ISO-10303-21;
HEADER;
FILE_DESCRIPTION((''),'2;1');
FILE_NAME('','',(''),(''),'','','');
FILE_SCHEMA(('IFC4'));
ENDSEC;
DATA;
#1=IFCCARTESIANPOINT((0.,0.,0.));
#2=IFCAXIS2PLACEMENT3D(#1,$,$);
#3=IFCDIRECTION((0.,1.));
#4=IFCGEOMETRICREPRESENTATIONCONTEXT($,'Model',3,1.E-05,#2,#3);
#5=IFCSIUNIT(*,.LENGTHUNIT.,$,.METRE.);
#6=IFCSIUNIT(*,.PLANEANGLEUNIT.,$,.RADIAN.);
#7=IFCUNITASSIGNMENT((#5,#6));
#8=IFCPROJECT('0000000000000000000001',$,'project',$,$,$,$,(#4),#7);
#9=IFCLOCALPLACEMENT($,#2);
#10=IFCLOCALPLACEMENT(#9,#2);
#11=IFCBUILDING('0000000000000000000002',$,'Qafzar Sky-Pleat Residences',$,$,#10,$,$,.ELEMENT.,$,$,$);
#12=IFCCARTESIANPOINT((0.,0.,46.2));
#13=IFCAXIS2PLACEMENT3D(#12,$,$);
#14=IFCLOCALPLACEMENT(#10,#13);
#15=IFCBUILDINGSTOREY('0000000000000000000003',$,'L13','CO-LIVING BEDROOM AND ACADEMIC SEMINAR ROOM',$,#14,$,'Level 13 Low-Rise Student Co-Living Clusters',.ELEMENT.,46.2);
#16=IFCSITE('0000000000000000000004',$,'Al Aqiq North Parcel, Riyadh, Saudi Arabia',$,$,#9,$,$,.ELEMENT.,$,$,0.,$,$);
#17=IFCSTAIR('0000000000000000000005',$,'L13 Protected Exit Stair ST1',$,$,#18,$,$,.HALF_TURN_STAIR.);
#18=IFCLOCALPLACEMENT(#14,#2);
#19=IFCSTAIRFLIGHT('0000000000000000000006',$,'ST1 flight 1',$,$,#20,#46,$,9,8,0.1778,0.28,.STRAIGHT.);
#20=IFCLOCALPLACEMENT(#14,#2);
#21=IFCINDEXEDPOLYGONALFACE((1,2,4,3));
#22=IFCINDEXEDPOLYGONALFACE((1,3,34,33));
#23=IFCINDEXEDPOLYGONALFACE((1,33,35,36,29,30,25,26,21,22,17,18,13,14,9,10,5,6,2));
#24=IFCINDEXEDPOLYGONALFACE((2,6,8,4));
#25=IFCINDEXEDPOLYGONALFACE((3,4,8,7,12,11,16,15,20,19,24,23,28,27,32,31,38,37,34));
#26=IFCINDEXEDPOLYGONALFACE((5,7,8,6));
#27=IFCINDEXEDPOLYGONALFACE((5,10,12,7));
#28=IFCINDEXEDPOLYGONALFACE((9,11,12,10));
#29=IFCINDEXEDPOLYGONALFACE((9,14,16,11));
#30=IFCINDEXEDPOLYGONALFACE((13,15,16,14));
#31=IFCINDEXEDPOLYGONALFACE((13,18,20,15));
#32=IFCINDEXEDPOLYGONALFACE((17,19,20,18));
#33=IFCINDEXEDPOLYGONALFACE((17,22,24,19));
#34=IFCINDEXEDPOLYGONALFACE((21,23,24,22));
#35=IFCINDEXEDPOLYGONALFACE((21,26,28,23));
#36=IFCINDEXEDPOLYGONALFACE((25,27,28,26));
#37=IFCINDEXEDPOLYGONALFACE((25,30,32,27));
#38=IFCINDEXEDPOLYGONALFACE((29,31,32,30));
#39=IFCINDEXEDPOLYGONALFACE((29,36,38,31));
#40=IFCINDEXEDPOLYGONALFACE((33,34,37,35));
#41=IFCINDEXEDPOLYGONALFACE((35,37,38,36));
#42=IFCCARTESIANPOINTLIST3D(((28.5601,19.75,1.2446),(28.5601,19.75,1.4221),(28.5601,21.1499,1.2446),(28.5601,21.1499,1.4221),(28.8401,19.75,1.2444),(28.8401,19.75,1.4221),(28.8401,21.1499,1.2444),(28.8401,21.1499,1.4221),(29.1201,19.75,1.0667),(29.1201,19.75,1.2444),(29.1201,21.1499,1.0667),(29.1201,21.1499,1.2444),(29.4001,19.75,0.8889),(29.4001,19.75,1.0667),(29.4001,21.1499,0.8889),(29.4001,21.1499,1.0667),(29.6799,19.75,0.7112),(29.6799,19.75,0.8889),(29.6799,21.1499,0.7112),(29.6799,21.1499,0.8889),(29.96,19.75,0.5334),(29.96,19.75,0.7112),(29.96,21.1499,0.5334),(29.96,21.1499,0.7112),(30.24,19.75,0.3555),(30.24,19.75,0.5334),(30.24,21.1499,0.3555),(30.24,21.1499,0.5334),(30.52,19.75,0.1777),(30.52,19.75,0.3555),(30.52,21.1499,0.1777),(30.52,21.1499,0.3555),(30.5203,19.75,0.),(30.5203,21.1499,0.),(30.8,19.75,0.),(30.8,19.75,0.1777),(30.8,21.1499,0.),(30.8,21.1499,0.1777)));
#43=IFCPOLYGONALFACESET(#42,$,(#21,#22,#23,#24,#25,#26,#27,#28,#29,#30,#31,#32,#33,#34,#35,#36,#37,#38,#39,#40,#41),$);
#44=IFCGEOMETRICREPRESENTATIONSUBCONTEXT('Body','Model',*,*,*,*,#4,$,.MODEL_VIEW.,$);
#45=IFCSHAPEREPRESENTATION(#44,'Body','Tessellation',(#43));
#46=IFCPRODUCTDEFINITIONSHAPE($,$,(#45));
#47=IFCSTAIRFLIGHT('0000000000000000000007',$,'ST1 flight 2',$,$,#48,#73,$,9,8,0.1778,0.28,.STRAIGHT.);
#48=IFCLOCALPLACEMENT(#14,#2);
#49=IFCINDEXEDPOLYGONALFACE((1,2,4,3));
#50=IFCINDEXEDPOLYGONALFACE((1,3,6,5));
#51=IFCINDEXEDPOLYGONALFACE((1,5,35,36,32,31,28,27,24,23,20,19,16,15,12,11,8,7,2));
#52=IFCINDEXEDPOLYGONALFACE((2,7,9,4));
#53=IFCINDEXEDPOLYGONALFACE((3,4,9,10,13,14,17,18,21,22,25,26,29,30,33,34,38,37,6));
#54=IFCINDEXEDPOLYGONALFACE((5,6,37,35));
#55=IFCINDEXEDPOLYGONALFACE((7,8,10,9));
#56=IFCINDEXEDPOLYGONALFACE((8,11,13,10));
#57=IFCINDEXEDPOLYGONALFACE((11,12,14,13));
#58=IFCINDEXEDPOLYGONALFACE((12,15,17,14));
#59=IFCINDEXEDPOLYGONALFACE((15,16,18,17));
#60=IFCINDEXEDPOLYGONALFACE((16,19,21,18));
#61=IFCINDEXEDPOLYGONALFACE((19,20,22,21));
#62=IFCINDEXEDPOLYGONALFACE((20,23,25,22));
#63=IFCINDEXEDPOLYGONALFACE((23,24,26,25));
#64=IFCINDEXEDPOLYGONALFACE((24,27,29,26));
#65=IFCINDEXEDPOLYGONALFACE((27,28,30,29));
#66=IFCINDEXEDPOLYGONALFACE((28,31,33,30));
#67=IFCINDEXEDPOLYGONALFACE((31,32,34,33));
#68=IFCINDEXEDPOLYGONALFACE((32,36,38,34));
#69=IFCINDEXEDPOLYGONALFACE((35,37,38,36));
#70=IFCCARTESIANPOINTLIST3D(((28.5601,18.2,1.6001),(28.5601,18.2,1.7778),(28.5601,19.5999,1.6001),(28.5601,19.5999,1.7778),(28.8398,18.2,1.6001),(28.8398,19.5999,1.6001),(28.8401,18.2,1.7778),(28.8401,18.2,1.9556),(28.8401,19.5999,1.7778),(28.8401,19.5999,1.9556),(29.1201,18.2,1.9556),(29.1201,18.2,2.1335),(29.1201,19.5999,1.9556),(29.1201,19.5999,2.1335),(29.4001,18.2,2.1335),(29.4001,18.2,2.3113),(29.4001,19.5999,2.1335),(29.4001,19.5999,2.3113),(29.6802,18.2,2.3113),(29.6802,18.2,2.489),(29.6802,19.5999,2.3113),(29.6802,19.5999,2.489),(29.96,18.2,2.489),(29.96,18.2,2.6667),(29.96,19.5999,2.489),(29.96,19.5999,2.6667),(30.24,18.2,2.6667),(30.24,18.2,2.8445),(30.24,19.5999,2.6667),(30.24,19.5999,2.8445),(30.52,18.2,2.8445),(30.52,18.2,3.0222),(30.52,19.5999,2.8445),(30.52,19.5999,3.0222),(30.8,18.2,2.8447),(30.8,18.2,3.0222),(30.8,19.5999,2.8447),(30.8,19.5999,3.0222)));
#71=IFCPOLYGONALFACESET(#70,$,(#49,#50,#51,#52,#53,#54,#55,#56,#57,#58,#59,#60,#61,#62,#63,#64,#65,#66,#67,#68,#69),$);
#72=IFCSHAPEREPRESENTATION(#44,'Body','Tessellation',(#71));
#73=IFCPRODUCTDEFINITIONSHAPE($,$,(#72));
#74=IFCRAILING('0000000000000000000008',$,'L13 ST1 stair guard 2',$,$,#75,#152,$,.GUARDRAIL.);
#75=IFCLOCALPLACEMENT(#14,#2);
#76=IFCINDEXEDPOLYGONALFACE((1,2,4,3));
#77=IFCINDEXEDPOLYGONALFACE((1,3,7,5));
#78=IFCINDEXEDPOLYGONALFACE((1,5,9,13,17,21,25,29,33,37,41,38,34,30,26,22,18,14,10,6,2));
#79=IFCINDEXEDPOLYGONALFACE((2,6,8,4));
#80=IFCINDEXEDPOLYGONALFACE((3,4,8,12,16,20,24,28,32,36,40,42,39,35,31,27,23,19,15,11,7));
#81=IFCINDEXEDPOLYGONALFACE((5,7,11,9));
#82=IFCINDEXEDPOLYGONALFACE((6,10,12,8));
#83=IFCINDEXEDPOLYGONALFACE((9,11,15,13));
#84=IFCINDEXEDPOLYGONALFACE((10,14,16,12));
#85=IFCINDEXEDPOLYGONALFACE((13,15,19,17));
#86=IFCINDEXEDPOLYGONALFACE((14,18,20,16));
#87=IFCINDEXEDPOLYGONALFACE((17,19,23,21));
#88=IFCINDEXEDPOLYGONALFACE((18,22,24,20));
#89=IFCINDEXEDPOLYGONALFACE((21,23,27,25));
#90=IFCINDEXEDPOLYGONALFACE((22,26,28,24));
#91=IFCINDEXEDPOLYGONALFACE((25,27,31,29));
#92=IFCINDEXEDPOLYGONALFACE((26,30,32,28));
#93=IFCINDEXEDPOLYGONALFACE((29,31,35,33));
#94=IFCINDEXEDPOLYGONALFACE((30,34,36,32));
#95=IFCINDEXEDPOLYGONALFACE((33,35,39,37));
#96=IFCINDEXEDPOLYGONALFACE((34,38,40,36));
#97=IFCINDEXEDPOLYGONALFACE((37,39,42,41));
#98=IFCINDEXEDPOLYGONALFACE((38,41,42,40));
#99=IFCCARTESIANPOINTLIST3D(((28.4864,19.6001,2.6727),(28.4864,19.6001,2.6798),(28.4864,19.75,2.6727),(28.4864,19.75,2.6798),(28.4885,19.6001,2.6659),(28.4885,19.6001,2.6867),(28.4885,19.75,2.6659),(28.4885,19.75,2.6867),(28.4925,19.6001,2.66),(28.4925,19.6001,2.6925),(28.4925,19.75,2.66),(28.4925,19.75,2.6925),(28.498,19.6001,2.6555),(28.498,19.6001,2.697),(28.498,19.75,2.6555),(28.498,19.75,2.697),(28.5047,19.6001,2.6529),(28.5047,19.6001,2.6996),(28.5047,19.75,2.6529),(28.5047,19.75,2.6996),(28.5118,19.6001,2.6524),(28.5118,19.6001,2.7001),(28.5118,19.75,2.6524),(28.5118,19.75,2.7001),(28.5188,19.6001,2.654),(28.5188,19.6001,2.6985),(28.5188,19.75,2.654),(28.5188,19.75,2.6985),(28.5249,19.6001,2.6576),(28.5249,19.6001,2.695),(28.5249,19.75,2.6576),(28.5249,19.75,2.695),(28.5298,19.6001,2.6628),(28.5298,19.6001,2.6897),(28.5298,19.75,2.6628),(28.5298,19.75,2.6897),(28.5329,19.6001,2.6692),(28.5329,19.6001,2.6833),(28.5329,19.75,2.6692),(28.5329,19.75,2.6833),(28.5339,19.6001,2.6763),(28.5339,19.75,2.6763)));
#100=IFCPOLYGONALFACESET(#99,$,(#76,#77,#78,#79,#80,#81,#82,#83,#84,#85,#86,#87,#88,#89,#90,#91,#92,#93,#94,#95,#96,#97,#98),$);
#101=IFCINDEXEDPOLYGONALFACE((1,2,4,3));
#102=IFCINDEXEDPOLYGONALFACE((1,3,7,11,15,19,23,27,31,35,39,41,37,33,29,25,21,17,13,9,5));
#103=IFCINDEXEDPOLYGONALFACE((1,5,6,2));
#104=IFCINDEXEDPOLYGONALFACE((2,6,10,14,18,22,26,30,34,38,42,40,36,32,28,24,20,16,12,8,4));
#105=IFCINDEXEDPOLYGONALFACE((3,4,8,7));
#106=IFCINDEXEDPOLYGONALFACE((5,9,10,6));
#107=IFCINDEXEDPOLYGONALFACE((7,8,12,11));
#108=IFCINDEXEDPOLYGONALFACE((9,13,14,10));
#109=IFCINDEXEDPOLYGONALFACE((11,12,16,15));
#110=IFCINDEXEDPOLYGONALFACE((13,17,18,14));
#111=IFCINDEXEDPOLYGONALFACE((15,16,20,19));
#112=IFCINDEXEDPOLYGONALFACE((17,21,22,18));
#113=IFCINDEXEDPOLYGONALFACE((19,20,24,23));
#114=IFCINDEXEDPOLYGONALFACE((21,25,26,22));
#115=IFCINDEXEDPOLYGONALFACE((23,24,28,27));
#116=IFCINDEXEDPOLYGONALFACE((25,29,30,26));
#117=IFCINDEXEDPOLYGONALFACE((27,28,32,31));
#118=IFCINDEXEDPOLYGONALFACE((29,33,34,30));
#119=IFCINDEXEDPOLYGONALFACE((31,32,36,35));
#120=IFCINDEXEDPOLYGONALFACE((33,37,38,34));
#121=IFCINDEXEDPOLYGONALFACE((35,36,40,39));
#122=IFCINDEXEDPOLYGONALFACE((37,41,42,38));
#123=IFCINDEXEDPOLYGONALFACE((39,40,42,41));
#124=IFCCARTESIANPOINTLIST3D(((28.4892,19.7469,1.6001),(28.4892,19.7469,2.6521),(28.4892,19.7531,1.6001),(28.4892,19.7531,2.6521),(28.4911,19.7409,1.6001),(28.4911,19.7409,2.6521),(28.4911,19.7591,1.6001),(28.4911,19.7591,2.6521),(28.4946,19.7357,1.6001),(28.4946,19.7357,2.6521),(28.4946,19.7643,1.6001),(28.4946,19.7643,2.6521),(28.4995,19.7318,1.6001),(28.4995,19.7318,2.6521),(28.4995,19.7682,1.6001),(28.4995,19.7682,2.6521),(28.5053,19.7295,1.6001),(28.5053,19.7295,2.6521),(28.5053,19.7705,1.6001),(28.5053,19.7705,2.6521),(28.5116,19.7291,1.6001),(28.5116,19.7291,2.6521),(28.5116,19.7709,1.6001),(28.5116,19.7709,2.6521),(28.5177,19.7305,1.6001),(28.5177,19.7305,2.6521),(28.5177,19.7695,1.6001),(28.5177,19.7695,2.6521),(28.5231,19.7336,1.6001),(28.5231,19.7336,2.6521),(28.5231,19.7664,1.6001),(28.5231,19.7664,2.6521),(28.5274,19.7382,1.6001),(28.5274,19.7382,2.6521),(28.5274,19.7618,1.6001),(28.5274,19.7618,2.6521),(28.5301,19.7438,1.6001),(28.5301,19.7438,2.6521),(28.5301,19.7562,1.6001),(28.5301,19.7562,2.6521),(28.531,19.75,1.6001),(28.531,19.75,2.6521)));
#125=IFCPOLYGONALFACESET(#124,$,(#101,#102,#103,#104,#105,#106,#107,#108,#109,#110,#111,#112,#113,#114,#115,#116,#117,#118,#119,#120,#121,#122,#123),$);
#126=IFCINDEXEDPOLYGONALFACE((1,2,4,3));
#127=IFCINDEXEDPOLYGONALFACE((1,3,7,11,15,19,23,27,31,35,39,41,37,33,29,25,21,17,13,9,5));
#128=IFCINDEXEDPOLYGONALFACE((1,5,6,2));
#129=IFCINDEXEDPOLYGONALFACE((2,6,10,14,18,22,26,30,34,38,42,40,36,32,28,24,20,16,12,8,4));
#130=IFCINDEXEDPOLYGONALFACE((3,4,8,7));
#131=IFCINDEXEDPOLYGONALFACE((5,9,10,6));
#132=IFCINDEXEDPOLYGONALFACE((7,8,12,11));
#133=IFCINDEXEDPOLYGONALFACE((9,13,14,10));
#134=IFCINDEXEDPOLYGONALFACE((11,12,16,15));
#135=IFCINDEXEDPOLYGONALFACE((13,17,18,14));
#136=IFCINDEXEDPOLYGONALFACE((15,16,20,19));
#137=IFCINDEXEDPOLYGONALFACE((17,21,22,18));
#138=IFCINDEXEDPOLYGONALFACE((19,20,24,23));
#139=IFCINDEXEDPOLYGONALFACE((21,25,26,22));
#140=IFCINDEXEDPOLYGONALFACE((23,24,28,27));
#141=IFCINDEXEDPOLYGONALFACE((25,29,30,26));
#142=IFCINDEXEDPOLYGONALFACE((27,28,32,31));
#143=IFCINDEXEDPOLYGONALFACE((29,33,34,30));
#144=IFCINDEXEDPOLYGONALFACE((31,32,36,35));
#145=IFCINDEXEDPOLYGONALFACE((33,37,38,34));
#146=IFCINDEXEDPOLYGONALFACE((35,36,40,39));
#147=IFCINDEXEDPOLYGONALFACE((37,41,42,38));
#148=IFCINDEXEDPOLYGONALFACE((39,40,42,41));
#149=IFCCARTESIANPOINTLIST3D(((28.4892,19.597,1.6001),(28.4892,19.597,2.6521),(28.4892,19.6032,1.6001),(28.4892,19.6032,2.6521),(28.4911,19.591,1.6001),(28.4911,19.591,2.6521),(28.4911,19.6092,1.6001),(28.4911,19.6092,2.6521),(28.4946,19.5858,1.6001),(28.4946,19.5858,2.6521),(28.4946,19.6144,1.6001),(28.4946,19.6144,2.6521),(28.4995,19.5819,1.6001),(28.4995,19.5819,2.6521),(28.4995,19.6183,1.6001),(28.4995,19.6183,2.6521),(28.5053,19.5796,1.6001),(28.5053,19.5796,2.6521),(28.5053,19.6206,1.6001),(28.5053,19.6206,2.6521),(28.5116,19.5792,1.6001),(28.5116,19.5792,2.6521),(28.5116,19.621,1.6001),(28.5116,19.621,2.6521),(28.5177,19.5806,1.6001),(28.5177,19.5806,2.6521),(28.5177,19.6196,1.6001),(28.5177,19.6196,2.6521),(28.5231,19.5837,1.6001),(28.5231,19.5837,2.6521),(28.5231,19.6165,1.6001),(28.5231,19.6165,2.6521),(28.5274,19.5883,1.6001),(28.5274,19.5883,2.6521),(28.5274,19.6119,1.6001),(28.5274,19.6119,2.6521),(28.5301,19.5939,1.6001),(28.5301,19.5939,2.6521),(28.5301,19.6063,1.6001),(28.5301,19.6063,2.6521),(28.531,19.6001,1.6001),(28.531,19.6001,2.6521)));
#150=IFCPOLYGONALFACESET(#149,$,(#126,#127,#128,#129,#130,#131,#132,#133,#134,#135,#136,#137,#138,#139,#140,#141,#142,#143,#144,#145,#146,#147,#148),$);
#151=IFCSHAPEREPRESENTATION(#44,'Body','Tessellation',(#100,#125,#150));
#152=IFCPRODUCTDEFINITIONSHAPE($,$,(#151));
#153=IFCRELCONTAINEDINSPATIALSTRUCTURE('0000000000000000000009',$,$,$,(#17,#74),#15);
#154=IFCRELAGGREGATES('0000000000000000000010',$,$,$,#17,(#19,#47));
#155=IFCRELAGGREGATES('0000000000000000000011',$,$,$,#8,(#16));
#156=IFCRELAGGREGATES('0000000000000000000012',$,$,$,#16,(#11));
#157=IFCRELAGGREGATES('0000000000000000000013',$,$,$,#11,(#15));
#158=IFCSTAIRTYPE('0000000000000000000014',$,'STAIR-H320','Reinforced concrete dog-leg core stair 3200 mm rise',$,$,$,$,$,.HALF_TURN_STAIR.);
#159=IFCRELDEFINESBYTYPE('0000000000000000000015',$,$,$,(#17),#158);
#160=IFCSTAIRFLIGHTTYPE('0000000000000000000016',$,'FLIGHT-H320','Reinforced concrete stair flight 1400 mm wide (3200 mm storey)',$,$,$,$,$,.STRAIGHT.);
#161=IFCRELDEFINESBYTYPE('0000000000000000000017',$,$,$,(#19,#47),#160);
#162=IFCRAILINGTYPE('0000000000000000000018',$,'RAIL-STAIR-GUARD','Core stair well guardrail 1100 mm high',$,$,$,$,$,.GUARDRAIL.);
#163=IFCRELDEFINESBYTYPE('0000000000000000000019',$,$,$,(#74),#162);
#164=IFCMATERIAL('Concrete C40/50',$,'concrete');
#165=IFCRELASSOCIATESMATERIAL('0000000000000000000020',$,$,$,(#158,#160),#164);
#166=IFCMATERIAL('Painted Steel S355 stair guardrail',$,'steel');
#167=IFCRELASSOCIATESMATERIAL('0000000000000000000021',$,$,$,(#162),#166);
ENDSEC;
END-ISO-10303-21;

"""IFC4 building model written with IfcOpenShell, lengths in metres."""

from ifc_helpers import new_model, si_unit, direction, frame, origin, origin_2d, place, context, subcontext, project, spatial, polyline, circle, outline, extrude, source, transform, mapped, material, type_object, element, aggregate, save


model = new_model("IFC4")

# Units and contexts
model_context = context("Model", 3, precision=1e-05, world=origin(), true_north=direction((0.0, 1.0)))
body_context = subcontext(model_context, "Body", "Model", "MODEL_VIEW")
ifc_project = project(units=[si_unit("LENGTHUNIT", "METRE"), si_unit("PLANEANGLEUNIT", "RADIAN")], contexts=[model_context])

# Site, building, storey
site_placement = place(None, origin())
site = spatial("IfcSite", under=ifc_project, at=site_placement, Name="Al Aqiq North Parcel, Riyadh, Saudi Arabia", CompositionType="ELEMENT", RefElevation=0.0)
building_placement = place(site_placement, origin())
building = spatial("IfcBuilding", under=site, at=building_placement, Name="Qafzar Sky-Pleat Residences", CompositionType="ELEMENT")
storey_placement = place(building_placement, frame((0.0, 0.0, 46.2)))
storey = spatial("IfcBuildingStorey", under=building, at=storey_placement, Name="L13", Description="CO-LIVING BEDROOM AND ACADEMIC SEMINAR ROOM", LongName="Level 13 Low-Rise Student Co-Living Clusters", CompositionType="ELEMENT", Elevation=46.2)

# Stair, stair flights
ifc_material_1 = material(Name="Concrete C40/50", Category="concrete")
stair_type = type_object("IfcStairType", Name="STAIR-H320", Description="Reinforced concrete dog-leg core stair 3200 mm rise", PredefinedType="HALF_TURN_STAIR", material=ifc_material_1)
stair_placement = place(storey_placement, origin())
stair = element("IfcStair", 1, at=stair_placement, inside=storey, type_object=stair_type, Name="L13 Protected Exit Stair ST1", PredefinedType="HALF_TURN_STAIR")
stair_flight_type = type_object("IfcStairFlightType", Name="FLIGHT-H320", Description="Reinforced concrete stair flight 1400 mm wide (3200 mm storey)", PredefinedType="STRAIGHT", material=ifc_material_1)
shared_shape_1 = source(origin(), body_context, "Body", "SweptSolid", [
    extrude(outline(polyline([(0.0, 0.0), (0.0, 0.1777), (0.28, 0.1777), (0.28, 0.3555), (0.5601, 0.3555), (0.5601, 0.5334), (0.8401, 0.5334), (0.8401, 0.7112), (1.1201, 0.7112), (1.1201, 0.8889), (1.3999, 0.8889), (1.3999, 1.0667), (1.6799, 1.0667), (1.6799, 1.2444), (1.96, 1.2444), (1.96, 1.4221), (2.24, 1.4221), (2.24, 1.6001), (2.24, 1.2446), (0.2798, 0.0), (0.0, 0.0)])), frame((0.0, 0.7, 0.0), z_axis=(0.0, -1.0, 0.0), x_axis=(1.0, 0.0, 0.0)), (0.0, 0.0, 1.0), 1.3999),
])
stair_flight_1_placement = place(storey_placement, frame((30.8, 20.45, 0.0), z_axis=(0.0, 0.0, 1.0), x_axis=(-1.0, 0.0, 0.0)))
stair_flight_1 = element("IfcStairFlight", 2, at=stair_flight_1_placement, type_object=stair_flight_type, Name="ST1 flight 1", NumberOfRisers=9, NumberOfTreads=8, PredefinedType="STRAIGHT", RiserHeight=0.1778, TreadLength=0.28, context=body_context, shape_type="MappedRepresentation", body=[
    mapped(shared_shape_1, transform((0.0, 0.0, 0.0), x_axis=(1.0, 0.0, 0.0), y_axis=(0.0, 1.0, 0.0), z_axis=(0.0, 0.0, 1.0), scale=1.0)),
])
stair_flight_2_placement = place(storey_placement, frame((28.5601, 18.8999, 1.6001), z_axis=(0.0, 0.0, 1.0), x_axis=(1.0, 0.0, 0.0)))
stair_flight_2 = element("IfcStairFlight", 3, at=stair_flight_2_placement, type_object=stair_flight_type, Name="ST1 flight 2", NumberOfRisers=9, NumberOfTreads=8, PredefinedType="STRAIGHT", RiserHeight=0.1778, TreadLength=0.28, context=body_context, shape_type="MappedRepresentation", body=[
    mapped(shared_shape_1, transform((0.0, 0.0, 0.0), x_axis=(1.0, 0.0, 0.0), y_axis=(0.0, 1.0, 0.0), z_axis=(0.0, 0.0, 1.0), scale=1.0)),
])
aggregate(stair, [stair_flight_1, stair_flight_2])

# Railing
ifc_material_2 = material(Name="Painted Steel S355 stair guardrail", Category="steel")
railing_type_1 = type_object("IfcRailingType", Name="RAIL-STAIR-GUARD", Description="Core stair well guardrail 1100 mm high", PredefinedType="GUARDRAIL", material=ifc_material_2)
shared_shape_2 = source(origin(), body_context, "Body", "SweptSolid", [
    extrude(circle(Radius=0.0239, at=origin_2d()), frame((0.0, 0.0, 1.0762), z_axis=(0.0, -1.0, 0.0), x_axis=(1.0, 0.0, 0.0)), (0.0, 0.0, 1.0), 0.1499),
    extrude(circle(Radius=0.021, at=origin_2d()), origin(), (0.0, 0.0, 1.0), 1.052),
    extrude(circle(Radius=0.021, at=origin_2d()), frame((0.0, -0.1499, 0.0)), (0.0, 0.0, 1.0), 1.052),
])
for number, where, name in (
    (4, (28.51, 19.75, 1.6001), "L13 ST1 stair guard 2"),
):
    element("IfcRailing", number, at=place(storey_placement, frame(where)), inside=storey, type_object=railing_type_1, Name=name, PredefinedType="GUARDRAIL", context=body_context, shape_type="MappedRepresentation", body=[
        mapped(shared_shape_2, transform((0.0, 0.0, 0.0), x_axis=(1.0, 0.0, 0.0), y_axis=(0.0, 1.0, 0.0), z_axis=(0.0, 0.0, 1.0), scale=1.0)),
    ])

save(model, "model.ifc")
